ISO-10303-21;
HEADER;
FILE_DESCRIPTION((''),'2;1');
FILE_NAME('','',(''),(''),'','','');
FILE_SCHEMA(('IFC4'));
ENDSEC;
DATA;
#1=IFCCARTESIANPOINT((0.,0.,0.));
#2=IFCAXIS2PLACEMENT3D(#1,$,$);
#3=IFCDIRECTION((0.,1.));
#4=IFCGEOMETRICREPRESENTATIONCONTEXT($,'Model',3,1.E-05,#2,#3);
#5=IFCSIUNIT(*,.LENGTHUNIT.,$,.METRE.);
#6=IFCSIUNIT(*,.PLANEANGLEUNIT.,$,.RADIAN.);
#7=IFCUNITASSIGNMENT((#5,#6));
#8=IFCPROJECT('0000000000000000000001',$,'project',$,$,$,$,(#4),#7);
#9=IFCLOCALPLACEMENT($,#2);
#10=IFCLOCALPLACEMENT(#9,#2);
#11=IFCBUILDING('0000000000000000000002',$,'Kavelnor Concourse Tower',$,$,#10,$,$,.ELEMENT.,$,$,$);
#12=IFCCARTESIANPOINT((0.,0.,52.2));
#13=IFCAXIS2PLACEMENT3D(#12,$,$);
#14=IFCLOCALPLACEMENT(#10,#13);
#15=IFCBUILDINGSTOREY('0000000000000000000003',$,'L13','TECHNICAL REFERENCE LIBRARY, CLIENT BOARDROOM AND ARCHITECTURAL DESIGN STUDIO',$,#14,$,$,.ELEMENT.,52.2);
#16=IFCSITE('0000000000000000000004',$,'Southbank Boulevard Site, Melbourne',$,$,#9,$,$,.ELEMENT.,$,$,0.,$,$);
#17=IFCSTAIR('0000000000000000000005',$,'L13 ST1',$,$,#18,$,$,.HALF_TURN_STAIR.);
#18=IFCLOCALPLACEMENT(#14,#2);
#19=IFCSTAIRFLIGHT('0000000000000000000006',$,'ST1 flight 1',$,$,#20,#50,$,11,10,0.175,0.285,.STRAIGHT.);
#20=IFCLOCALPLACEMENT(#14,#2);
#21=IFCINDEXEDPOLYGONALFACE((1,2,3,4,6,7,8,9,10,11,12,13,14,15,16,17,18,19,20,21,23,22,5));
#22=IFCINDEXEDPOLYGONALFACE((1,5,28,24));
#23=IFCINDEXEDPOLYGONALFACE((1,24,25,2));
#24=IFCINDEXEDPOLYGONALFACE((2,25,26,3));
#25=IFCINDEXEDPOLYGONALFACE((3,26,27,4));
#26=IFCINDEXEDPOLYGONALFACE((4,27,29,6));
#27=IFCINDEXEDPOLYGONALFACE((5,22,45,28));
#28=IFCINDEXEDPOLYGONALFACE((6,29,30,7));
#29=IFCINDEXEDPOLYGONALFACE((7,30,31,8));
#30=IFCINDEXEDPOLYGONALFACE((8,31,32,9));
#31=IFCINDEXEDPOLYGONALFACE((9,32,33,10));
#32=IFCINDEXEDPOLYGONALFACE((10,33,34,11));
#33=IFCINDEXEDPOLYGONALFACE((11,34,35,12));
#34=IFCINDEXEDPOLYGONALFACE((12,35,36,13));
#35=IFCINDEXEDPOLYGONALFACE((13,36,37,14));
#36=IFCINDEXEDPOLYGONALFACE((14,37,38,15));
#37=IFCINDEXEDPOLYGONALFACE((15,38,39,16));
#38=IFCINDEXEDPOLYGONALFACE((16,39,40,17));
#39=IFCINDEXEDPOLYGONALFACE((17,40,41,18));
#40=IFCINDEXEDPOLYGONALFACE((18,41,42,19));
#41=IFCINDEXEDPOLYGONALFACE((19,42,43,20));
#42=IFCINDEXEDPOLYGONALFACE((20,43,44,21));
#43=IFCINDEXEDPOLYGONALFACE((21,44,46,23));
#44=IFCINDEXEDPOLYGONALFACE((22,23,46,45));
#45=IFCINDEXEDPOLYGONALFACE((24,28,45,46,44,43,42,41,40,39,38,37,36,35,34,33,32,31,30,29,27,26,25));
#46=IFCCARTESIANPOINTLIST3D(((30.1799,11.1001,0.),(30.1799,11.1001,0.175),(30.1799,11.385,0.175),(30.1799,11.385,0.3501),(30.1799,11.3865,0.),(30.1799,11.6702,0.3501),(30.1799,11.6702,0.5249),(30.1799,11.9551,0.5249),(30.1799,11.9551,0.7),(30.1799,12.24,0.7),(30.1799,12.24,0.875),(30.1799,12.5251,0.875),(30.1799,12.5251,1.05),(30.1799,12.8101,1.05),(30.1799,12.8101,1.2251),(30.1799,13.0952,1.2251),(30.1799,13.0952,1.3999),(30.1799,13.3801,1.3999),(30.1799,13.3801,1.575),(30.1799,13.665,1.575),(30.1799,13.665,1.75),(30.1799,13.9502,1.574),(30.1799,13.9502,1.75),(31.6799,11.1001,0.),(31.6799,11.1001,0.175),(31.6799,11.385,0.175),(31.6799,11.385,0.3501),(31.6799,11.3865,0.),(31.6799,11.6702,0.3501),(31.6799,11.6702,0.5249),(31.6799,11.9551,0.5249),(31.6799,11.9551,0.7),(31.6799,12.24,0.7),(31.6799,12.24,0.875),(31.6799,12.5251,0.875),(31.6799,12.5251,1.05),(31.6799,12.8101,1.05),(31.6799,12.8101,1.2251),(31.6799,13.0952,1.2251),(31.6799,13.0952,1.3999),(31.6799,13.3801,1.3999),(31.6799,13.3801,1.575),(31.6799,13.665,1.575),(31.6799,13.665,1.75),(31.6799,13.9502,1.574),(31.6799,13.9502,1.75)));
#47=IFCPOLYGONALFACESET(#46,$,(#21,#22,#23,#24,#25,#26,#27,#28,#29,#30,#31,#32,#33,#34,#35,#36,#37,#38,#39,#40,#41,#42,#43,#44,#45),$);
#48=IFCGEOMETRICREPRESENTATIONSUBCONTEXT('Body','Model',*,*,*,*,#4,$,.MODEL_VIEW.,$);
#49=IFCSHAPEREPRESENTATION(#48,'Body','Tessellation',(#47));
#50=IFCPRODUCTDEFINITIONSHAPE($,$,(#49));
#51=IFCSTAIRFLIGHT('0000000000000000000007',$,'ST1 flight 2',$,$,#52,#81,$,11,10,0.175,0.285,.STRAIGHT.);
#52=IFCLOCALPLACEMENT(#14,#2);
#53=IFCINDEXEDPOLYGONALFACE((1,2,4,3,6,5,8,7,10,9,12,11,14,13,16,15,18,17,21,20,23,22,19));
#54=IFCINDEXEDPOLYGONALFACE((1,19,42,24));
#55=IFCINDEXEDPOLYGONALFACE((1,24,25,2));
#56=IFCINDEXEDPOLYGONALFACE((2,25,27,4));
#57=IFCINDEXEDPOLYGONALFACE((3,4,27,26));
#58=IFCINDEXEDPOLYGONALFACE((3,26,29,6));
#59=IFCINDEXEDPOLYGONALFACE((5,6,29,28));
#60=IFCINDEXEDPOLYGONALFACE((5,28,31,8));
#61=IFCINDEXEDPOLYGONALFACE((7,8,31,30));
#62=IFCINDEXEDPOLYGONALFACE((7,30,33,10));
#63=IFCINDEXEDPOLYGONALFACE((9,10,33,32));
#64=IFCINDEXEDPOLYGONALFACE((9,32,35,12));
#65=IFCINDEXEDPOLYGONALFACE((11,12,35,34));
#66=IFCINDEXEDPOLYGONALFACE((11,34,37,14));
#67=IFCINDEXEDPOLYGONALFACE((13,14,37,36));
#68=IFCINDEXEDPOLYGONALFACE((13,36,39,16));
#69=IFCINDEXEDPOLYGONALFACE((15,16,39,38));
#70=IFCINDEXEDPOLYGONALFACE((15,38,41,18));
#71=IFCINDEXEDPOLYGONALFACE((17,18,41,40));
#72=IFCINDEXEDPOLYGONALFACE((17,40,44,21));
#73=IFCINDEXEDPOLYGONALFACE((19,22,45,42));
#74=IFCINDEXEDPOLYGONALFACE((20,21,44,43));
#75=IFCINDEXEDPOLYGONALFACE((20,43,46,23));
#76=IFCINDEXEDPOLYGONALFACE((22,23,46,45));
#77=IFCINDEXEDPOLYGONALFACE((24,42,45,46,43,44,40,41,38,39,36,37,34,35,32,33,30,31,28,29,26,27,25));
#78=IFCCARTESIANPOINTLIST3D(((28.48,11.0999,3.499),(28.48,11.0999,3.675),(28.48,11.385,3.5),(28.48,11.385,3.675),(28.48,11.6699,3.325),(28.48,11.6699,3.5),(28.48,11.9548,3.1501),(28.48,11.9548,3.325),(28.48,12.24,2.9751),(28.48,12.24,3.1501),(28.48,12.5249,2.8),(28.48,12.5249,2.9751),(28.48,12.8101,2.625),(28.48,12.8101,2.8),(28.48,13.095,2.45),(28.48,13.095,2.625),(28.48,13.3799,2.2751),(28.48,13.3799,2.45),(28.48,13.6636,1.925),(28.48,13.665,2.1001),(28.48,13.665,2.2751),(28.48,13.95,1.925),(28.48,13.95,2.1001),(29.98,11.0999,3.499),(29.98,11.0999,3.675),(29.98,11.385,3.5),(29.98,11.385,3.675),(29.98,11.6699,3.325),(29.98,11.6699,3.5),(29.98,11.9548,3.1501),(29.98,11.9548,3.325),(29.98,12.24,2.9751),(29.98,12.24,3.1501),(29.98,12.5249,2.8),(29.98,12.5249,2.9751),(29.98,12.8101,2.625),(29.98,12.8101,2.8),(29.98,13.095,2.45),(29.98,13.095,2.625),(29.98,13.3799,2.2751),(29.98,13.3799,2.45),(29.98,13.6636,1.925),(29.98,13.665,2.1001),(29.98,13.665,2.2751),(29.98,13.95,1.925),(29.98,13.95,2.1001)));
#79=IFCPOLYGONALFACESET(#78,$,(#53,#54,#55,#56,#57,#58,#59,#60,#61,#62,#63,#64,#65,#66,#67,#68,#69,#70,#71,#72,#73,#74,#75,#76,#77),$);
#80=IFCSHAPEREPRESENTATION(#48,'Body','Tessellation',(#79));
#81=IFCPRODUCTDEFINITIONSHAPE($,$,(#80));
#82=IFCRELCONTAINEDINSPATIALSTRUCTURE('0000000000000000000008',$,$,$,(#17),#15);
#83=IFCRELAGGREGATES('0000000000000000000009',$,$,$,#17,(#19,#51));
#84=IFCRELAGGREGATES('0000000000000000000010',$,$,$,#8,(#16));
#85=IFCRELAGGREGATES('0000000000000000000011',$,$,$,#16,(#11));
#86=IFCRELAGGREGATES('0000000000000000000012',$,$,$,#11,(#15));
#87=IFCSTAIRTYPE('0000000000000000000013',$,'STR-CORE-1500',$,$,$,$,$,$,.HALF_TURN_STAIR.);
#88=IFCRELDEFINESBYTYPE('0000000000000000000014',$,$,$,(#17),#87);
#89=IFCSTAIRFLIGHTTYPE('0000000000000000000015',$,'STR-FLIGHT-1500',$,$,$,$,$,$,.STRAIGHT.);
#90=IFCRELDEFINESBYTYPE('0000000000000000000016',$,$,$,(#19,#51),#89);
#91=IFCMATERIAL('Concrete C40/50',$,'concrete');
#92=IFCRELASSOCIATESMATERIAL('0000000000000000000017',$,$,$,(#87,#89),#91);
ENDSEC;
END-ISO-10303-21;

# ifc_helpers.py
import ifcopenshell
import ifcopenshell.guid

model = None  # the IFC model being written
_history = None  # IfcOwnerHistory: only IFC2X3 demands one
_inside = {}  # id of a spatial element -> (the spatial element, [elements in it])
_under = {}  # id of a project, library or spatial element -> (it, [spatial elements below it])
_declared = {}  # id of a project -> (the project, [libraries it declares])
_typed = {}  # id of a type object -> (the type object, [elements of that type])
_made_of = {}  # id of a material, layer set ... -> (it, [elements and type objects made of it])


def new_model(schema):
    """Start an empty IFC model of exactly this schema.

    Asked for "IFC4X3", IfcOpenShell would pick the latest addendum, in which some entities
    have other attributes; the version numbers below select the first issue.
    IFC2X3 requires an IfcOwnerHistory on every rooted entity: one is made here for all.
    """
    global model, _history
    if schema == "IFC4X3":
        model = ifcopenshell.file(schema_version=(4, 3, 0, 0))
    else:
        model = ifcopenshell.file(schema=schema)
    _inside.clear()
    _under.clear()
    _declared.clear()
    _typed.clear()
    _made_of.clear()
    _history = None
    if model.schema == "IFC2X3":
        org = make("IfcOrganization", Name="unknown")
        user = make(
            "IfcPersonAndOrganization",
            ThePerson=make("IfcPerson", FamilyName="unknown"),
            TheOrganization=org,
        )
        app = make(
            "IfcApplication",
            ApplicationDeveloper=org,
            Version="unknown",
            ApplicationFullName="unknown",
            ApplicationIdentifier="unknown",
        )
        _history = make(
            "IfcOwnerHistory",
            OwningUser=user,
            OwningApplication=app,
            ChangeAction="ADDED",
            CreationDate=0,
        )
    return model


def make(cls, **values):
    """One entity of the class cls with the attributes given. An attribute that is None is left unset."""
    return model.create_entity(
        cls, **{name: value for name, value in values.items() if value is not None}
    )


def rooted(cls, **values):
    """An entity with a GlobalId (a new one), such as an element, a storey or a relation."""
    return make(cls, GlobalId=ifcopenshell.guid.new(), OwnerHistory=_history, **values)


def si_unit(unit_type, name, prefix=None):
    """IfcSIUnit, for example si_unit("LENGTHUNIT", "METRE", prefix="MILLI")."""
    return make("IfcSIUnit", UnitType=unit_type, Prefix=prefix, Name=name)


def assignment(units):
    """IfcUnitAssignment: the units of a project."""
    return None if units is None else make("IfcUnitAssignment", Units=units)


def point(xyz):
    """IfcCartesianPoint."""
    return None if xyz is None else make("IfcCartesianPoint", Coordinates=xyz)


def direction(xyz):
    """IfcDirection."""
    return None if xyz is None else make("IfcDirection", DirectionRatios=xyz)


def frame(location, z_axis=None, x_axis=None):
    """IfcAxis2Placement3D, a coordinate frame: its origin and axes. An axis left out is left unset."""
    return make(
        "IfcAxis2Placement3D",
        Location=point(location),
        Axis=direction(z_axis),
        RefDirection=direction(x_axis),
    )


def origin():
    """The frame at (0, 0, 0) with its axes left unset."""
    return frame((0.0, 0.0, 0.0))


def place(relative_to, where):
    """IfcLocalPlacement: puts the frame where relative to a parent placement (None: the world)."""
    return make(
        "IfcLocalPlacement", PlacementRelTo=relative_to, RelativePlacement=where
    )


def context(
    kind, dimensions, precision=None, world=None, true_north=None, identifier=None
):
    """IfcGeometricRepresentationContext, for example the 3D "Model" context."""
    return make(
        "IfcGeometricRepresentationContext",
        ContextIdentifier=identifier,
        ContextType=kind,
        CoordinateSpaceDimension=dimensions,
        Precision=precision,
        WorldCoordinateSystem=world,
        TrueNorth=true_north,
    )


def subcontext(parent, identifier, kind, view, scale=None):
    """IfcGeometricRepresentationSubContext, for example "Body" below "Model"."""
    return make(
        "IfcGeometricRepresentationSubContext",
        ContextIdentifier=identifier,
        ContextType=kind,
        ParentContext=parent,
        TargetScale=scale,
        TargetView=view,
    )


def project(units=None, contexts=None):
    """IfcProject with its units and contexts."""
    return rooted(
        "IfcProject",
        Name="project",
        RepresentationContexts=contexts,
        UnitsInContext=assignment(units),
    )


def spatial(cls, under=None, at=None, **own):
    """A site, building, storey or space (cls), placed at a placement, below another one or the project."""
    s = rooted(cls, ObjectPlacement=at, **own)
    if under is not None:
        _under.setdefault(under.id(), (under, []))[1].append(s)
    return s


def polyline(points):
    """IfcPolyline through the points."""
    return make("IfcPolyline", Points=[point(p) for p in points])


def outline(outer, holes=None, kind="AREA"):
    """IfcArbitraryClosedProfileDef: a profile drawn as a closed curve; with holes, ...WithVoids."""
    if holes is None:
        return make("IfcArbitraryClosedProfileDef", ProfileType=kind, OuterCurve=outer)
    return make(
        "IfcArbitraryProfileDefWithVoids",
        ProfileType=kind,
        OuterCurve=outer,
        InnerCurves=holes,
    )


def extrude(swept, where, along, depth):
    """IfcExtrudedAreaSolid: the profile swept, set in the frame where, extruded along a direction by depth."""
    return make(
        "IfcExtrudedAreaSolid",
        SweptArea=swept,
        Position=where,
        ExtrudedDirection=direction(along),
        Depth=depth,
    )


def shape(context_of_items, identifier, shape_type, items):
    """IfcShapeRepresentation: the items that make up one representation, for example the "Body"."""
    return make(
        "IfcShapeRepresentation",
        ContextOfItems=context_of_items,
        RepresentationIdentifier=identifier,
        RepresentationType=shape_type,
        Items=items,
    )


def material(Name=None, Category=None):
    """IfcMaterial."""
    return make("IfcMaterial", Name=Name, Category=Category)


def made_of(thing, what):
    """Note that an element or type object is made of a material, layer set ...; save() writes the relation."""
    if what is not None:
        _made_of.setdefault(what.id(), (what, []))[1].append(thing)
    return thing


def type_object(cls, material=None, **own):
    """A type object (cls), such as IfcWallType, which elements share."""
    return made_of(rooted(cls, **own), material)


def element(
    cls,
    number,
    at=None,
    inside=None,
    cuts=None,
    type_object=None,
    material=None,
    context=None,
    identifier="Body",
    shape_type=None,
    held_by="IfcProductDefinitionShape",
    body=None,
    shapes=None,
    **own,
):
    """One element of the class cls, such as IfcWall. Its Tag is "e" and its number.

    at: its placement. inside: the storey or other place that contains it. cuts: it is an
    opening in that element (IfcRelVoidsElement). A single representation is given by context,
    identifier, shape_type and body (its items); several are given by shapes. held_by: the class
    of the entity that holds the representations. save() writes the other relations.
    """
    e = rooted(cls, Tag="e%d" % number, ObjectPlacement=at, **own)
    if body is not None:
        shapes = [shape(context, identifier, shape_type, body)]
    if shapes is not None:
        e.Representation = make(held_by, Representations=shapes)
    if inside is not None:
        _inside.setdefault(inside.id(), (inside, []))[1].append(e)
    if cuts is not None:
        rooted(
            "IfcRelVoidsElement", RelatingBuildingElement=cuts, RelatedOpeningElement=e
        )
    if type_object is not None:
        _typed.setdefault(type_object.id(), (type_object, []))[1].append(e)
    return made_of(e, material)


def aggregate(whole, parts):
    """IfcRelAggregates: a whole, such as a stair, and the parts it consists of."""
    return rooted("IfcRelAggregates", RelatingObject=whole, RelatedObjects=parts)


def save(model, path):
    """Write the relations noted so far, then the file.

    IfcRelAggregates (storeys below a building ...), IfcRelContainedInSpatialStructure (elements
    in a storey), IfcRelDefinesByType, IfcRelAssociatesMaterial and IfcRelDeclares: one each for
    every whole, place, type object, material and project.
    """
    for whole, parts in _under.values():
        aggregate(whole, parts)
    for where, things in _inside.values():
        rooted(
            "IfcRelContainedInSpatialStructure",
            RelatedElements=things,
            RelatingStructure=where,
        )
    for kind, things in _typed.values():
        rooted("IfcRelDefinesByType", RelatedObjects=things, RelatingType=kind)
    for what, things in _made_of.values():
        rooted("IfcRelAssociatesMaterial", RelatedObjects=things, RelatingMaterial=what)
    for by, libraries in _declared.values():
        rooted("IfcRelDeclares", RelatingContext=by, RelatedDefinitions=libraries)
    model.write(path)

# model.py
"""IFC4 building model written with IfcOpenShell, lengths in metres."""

from ifc_helpers import new_model, si_unit, direction, frame, origin, place, context, subcontext, project, spatial, polyline, outline, extrude, material, type_object, element, aggregate, save


model = new_model("IFC4")

# Units and contexts
model_context = context("Model", 3, precision=1e-05, world=origin(), true_north=direction((0.0, 1.0)))
body_context = subcontext(model_context, "Body", "Model", "MODEL_VIEW")
ifc_project = project(units=[si_unit("LENGTHUNIT", "METRE"), si_unit("PLANEANGLEUNIT", "RADIAN")], contexts=[model_context])

# Site, building, storey
site_placement = place(None, origin())
site = spatial("IfcSite", under=ifc_project, at=site_placement, Name="Southbank Boulevard Site, Melbourne", CompositionType="ELEMENT", RefElevation=0.0)
building_placement = place(site_placement, origin())
building = spatial("IfcBuilding", under=site, at=building_placement, Name="Kavelnor Concourse Tower", CompositionType="ELEMENT")
storey_placement = place(building_placement, frame((0.0, 0.0, 52.2)))
storey = spatial("IfcBuildingStorey", under=building, at=storey_placement, Name="L13", Description="TECHNICAL REFERENCE LIBRARY, CLIENT BOARDROOM AND ARCHITECTURAL DESIGN STUDIO", CompositionType="ELEMENT", Elevation=52.2)

# Stair, stair flights
ifc_material_1 = material(Name="Concrete C40/50", Category="concrete")
stair_type = type_object("IfcStairType", Name="STR-CORE-1500", PredefinedType="HALF_TURN_STAIR", material=ifc_material_1)
stair_placement = place(storey_placement, origin())
stair = element("IfcStair", 1, at=stair_placement, inside=storey, type_object=stair_type, Name="L13 ST1", PredefinedType="HALF_TURN_STAIR")
stair_flight_type = type_object("IfcStairFlightType", Name="STR-FLIGHT-1500", PredefinedType="STRAIGHT", material=ifc_material_1)
stair_flight_1_placement = place(storey_placement, frame((30.9299, 11.1001, 0.0), z_axis=(0.0, 0.0, 1.0), x_axis=(0.0, 1.0, 0.0)))
stair_flight_1 = element("IfcStairFlight", 2, at=stair_flight_1_placement, type_object=stair_flight_type, Name="ST1 flight 1", NumberOfRisers=11, NumberOfTreads=10, PredefinedType="STRAIGHT", RiserHeight=0.175, TreadLength=0.285, context=body_context, shape_type="SweptSolid", body=[
    extrude(outline(polyline([(0.0, 0.0), (0.0, 0.175), (0.2849, 0.175), (0.2849, 0.3501), (0.5701, 0.3501), (0.5701, 0.5249), (0.855, 0.5249), (0.855, 0.7), (1.1399, 0.7), (1.1399, 0.875), (1.425, 0.875), (1.425, 1.05), (1.71, 1.05), (1.71, 1.2251), (1.9951, 1.2251), (1.9951, 1.3999), (2.28, 1.3999), (2.28, 1.575), (2.5649, 1.575), (2.5649, 1.75), (2.8501, 1.75), (2.8501, 1.925), (2.8501, 1.574), (0.2864, 0.0), (0.0, 0.0)])), frame((0.0, 0.75, 0.0), z_axis=(0.0, -1.0, 0.0), x_axis=(1.0, 0.0, 0.0)), (0.0, 0.0, 1.0), 1.5),
])
stair_flight_2_placement = place(storey_placement, frame((29.23, 13.95, 1.925), z_axis=(0.0, 0.0, 1.0), x_axis=(0.0, -1.0, 0.0)))
stair_flight_2 = element("IfcStairFlight", 3, at=stair_flight_2_placement, type_object=stair_flight_type, Name="ST1 flight 2", NumberOfRisers=11, NumberOfTreads=10, PredefinedType="STRAIGHT", RiserHeight=0.175, TreadLength=0.285, context=body_context, shape_type="SweptSolid", body=[
    extrude(outline(polyline([(0.0, 0.0), (0.0, 0.175), (0.2849, 0.175), (0.2849, 0.3501), (0.5701, 0.3501), (0.5701, 0.5249), (0.855, 0.5249), (0.855, 0.7), (1.1399, 0.7), (1.1399, 0.875), (1.425, 0.875), (1.425, 1.05), (1.71, 1.05), (1.71, 1.2251), (1.9951, 1.2251), (1.9951, 1.3999), (2.28, 1.3999), (2.28, 1.575), (2.5649, 1.575), (2.5649, 1.75), (2.8501, 1.75), (2.8501, 1.925), (2.8501, 1.574), (0.2864, 0.0), (0.0, 0.0)])), frame((0.0, 0.75, 0.0), z_axis=(0.0, -1.0, 0.0), x_axis=(1.0, 0.0, 0.0)), (0.0, 0.0, 1.0), 1.5),
])
aggregate(stair, [stair_flight_1, stair_flight_2])

save(model, "model.ifc")
